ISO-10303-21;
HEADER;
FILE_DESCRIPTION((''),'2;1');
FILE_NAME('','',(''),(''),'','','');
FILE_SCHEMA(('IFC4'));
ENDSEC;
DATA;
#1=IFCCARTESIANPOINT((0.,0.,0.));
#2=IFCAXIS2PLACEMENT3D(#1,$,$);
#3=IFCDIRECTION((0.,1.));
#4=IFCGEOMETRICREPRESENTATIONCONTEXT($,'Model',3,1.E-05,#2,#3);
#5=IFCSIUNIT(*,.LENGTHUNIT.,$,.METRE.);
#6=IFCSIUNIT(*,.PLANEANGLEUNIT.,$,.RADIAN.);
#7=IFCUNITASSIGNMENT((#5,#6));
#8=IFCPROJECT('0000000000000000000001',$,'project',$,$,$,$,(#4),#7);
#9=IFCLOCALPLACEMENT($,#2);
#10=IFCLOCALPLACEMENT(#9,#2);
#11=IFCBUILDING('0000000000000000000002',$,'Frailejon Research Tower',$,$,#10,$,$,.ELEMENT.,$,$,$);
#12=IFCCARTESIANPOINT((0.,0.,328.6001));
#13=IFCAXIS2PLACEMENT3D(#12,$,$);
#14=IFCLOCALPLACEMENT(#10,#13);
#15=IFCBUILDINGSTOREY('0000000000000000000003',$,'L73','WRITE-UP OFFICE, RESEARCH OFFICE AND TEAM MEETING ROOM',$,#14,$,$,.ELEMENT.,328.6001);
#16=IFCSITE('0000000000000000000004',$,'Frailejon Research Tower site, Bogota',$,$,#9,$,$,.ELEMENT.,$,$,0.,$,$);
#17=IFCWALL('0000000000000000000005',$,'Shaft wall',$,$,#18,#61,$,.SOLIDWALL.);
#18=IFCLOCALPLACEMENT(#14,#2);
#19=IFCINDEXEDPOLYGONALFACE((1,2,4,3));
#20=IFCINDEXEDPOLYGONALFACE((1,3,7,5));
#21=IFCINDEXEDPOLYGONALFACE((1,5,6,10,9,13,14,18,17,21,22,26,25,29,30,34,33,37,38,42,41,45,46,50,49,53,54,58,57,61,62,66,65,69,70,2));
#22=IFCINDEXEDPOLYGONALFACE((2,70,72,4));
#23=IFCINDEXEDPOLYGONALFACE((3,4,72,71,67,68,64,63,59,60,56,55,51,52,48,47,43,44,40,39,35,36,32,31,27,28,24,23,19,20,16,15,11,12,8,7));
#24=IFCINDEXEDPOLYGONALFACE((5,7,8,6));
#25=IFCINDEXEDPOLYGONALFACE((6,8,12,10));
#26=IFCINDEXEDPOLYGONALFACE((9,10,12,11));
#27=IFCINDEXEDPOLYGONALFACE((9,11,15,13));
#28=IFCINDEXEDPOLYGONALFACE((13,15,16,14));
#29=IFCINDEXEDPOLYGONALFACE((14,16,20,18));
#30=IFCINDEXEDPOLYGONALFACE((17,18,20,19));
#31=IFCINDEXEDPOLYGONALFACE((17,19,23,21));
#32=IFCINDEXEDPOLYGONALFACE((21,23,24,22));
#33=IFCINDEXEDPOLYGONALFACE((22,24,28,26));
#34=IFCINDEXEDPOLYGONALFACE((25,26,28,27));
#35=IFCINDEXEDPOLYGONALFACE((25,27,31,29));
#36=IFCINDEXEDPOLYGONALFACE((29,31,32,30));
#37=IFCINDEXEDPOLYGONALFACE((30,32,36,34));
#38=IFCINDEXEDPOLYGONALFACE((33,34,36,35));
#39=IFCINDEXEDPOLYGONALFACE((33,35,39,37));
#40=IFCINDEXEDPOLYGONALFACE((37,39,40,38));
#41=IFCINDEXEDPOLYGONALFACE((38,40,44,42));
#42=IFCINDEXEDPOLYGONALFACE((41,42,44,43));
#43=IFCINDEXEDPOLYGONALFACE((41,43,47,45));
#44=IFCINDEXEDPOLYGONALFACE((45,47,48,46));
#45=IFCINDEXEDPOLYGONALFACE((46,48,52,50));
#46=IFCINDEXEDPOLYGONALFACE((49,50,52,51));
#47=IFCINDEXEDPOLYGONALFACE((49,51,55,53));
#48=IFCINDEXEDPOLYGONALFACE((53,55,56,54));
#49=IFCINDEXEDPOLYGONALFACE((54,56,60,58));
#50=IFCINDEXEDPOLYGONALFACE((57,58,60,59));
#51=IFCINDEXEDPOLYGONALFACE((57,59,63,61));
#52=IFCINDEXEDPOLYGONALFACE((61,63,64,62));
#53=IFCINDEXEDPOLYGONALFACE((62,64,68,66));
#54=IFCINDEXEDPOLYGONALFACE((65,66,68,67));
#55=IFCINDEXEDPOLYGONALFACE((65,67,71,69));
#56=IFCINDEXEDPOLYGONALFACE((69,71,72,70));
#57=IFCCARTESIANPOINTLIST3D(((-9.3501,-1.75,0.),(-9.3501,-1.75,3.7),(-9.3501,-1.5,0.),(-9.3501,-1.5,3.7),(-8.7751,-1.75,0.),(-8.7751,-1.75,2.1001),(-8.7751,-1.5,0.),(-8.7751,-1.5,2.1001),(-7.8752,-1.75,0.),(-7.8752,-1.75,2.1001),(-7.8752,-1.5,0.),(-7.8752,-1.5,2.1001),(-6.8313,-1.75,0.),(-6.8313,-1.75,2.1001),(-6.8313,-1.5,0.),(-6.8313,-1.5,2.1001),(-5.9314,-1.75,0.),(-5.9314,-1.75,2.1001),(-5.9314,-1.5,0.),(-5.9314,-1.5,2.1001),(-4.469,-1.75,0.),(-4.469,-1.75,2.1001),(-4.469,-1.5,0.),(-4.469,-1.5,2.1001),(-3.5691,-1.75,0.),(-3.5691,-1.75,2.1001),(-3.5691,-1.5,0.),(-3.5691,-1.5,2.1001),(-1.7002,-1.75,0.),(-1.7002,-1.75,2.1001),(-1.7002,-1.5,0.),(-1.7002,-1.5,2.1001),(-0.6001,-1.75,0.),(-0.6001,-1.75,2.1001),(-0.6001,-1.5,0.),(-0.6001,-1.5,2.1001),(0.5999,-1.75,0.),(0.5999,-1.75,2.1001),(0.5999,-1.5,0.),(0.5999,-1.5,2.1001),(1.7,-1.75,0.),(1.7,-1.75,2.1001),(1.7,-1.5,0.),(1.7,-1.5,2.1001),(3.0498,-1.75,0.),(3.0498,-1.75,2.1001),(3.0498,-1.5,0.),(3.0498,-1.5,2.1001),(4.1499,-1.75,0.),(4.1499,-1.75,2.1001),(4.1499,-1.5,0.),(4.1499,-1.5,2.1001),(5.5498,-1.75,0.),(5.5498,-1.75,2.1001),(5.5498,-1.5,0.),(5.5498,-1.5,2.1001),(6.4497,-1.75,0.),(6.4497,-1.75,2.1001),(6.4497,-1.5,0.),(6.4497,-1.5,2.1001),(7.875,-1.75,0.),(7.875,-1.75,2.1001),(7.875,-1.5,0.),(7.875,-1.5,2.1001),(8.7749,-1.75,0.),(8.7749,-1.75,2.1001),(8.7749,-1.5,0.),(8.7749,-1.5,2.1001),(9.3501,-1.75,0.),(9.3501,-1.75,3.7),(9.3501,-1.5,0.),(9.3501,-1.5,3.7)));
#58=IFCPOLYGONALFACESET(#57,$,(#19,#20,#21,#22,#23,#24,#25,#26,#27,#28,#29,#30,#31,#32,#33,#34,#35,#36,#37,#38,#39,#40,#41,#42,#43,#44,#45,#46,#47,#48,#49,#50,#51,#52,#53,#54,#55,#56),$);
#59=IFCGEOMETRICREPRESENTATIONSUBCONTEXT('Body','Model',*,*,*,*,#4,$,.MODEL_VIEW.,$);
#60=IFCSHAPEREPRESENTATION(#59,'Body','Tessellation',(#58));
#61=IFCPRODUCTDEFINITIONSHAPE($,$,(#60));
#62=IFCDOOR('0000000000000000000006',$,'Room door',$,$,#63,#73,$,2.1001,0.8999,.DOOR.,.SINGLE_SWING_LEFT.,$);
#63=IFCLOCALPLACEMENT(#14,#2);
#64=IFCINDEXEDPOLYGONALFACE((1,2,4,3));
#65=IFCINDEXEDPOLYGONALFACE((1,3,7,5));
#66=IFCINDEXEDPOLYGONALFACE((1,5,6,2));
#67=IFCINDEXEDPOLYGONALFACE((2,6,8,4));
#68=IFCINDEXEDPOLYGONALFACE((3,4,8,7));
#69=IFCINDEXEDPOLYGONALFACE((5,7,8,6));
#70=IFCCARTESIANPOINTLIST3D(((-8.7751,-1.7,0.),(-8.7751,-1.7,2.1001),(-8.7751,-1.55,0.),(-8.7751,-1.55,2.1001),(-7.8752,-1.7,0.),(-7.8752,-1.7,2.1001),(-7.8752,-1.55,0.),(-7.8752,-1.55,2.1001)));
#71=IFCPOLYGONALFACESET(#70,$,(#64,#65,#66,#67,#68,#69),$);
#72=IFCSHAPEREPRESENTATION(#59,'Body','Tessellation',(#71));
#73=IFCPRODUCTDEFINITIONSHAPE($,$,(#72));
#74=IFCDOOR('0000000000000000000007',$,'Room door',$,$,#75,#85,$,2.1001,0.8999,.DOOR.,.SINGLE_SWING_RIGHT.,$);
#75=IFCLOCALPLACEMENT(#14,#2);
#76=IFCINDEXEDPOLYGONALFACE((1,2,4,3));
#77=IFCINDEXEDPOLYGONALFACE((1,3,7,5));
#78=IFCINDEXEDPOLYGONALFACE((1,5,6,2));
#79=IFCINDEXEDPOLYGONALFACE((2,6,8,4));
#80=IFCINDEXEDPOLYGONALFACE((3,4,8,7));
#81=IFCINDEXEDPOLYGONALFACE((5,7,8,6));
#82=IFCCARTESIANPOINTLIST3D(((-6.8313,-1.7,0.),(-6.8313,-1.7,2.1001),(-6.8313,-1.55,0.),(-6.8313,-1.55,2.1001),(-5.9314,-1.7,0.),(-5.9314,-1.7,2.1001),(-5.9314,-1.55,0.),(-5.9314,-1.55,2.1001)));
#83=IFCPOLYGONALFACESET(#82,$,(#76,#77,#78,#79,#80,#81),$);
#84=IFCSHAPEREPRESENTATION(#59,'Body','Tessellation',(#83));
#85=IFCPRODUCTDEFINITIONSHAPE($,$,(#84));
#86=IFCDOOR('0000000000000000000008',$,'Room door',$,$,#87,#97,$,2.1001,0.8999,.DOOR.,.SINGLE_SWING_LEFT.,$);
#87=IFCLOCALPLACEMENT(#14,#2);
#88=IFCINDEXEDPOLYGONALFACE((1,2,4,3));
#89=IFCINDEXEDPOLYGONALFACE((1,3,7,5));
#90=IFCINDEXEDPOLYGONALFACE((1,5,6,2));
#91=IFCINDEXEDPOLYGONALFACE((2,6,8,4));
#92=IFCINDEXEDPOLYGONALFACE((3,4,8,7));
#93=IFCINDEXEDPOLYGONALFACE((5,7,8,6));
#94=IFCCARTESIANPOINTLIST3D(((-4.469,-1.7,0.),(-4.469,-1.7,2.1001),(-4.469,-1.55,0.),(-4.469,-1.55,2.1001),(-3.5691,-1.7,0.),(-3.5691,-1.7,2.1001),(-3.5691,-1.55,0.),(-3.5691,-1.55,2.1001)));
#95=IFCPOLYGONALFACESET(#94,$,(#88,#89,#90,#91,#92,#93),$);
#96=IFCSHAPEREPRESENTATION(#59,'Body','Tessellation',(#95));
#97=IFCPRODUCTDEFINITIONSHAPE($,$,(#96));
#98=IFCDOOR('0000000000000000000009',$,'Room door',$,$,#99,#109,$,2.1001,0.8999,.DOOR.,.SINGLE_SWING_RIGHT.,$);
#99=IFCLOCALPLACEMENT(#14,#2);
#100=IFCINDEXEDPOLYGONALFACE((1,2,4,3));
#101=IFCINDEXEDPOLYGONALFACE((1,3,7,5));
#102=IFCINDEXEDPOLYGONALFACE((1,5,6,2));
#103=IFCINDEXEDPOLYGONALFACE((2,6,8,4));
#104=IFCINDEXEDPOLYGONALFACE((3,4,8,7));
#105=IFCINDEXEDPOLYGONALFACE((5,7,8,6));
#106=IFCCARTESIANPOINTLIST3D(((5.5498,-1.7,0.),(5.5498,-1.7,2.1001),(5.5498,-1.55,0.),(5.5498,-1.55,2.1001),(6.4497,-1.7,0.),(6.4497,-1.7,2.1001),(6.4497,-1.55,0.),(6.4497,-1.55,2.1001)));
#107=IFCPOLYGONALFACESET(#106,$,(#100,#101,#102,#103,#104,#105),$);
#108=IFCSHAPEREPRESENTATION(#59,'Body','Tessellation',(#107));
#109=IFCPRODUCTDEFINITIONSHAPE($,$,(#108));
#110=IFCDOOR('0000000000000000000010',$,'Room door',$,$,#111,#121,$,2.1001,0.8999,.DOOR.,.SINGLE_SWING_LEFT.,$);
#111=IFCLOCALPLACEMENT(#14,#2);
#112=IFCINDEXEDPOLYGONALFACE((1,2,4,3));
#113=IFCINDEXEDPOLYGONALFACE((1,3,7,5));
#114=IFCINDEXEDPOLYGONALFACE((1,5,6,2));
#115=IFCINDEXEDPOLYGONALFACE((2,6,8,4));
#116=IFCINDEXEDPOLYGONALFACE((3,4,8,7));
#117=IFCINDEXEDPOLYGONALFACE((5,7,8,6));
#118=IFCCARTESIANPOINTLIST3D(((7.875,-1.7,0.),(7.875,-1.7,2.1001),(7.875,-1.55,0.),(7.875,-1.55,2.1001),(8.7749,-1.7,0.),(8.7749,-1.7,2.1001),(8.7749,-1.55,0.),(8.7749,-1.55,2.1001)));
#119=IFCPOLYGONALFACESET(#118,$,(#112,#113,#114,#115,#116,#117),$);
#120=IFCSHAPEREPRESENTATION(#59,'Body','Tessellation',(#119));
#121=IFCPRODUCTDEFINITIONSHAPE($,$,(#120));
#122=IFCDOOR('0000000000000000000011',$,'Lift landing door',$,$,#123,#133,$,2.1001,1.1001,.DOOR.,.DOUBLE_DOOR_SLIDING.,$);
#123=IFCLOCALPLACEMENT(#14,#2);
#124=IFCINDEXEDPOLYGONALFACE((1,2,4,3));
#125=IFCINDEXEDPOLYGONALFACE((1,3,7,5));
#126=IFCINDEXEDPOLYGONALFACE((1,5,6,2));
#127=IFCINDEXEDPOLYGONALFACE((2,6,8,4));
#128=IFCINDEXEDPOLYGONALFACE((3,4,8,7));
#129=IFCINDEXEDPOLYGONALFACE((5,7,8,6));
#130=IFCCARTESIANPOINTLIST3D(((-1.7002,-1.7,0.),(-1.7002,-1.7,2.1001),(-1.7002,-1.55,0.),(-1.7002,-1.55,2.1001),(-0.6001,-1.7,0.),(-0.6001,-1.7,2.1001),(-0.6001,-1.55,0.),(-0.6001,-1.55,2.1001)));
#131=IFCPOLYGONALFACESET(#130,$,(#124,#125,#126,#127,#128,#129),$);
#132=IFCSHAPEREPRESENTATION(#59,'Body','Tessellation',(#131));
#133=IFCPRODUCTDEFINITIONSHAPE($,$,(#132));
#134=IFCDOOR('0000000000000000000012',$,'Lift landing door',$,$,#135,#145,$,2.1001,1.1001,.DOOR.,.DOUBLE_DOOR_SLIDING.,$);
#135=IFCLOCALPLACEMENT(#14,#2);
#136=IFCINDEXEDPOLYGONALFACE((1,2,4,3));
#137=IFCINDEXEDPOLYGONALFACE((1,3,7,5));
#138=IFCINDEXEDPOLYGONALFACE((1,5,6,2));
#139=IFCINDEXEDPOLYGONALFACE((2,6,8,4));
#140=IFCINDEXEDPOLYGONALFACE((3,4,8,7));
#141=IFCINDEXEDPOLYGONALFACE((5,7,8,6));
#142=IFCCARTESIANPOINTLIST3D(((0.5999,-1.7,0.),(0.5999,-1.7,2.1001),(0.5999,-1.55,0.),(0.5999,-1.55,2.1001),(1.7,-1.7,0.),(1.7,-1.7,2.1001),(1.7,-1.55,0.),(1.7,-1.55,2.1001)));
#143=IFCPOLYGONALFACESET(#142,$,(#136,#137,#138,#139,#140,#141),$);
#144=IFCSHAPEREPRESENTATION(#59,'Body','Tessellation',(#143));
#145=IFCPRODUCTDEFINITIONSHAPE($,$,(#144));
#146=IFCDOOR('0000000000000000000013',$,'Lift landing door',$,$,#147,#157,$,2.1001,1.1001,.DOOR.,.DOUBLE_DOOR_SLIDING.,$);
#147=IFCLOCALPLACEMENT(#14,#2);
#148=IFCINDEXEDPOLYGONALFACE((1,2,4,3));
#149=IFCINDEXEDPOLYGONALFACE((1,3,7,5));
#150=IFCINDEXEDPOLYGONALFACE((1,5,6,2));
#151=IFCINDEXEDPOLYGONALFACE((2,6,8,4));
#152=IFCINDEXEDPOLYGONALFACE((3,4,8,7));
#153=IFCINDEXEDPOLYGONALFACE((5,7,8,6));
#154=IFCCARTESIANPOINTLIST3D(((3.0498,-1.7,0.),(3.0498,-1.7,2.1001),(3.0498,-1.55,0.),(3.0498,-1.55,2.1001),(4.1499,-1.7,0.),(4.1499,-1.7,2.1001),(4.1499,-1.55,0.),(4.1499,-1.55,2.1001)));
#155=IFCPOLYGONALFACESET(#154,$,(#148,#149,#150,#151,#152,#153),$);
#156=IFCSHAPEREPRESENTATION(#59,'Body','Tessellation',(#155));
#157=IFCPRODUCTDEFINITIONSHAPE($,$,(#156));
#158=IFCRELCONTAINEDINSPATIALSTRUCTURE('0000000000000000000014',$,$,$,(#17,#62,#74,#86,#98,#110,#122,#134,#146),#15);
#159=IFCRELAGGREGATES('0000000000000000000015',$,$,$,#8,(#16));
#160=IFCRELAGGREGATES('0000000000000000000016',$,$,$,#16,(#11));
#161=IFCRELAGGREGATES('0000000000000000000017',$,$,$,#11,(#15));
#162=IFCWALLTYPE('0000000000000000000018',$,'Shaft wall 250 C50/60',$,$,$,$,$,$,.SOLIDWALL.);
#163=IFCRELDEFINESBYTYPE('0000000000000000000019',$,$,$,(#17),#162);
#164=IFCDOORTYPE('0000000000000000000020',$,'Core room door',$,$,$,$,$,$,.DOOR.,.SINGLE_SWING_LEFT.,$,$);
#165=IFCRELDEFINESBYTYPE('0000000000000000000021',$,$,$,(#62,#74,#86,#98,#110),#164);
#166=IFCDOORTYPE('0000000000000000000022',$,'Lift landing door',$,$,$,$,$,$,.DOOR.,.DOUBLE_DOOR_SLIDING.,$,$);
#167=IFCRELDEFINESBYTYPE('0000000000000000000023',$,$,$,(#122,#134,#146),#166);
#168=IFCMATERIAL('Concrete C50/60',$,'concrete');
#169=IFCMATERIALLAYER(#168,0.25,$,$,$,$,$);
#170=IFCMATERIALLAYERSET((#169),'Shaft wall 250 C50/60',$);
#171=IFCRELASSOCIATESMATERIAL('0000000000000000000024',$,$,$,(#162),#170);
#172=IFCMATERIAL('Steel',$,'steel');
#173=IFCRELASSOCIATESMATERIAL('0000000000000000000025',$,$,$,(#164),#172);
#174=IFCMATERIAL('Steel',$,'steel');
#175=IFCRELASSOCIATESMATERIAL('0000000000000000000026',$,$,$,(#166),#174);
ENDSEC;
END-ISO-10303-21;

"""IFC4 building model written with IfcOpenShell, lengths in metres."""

from ifc_helpers import new_model, si_unit, direction, frame, frame_2d, origin, place, context, subcontext, project, spatial, rectangle, extrude, material, layer, layer_set, type_object, element, fill, save


model = new_model("IFC4")

# Units and contexts
model_context = context("Model", 3, precision=1e-05, world=origin(), true_north=direction((0.0, 1.0)))
body_context = subcontext(model_context, "Body", "Model", "MODEL_VIEW")
ifc_project = project(units=[si_unit("LENGTHUNIT", "METRE"), si_unit("PLANEANGLEUNIT", "RADIAN")], contexts=[model_context])

# Site, building, storey
site_placement = place(None, origin())
site = spatial("IfcSite", under=ifc_project, at=site_placement, Name="Frailejon Research Tower site, Bogota", CompositionType="ELEMENT", RefElevation=0.0)
building_placement = place(site_placement, origin())
building = spatial("IfcBuilding", under=site, at=building_placement, Name="Frailejon Research Tower", CompositionType="ELEMENT")
storey_placement = place(building_placement, frame((0.0, 0.0, 328.6001)))
storey = spatial("IfcBuildingStorey", under=building, at=storey_placement, Name="L73", Description="WRITE-UP OFFICE, RESEARCH OFFICE AND TEAM MEETING ROOM", CompositionType="ELEMENT", Elevation=328.6001)

# Wall, openings, doors
ifc_material_1 = material(Name="Concrete C50/60", Category="concrete")
ifc_layer_1 = layer(ifc_material_1, 0.25)
ifc_layer_set_1 = layer_set([ifc_layer_1], Name="Shaft wall 250 C50/60")
wall_type_1 = type_object("IfcWallType", Name="Shaft wall 250 C50/60", PredefinedType="SOLIDWALL", material=ifc_layer_set_1)
wall_1_placement = place(storey_placement, frame((-9.3501, -1.625, 0.0), z_axis=(0.0, 0.0, 1.0), x_axis=(1.0, 0.0, 0.0)))
wall_1 = element("IfcWall", 1, at=wall_1_placement, inside=storey, type_object=wall_type_1, Name="Shaft wall", PredefinedType="SOLIDWALL", context=body_context, shape_type="SweptSolid", body=[
    extrude(rectangle(XDim=18.7002, YDim=0.25, at=frame_2d((9.3501, 0.0))), origin(), (0.0, 0.0, 1.0), 3.7),
])
opening_1_placement = place(wall_1_placement, frame((7.6499, 0.0, 0.0)))
opening_1 = element("IfcOpeningElement", 2, at=opening_1_placement, cuts=wall_1, PredefinedType="OPENING", context=body_context, shape_type="SweptSolid", body=[
    extrude(rectangle(XDim=1.1001, YDim=2.1001, at=frame_2d((0.55, 1.05))), frame((0.0, 0.135, 0.0), z_axis=(0.0, -1.0, 0.0), x_axis=(1.0, 0.0, 0.0)), (0.0, 0.0, 1.0), 0.27),
])
opening_2_placement = place(wall_1_placement, frame((9.95, 0.0, 0.0)))
opening_2 = element("IfcOpeningElement", 3, at=opening_2_placement, cuts=wall_1, PredefinedType="OPENING", context=body_context, shape_type="SweptSolid", body=[
    extrude(rectangle(XDim=1.1001, YDim=2.1001, at=frame_2d((0.55, 1.05))), frame((0.0, 0.135, 0.0), z_axis=(0.0, -1.0, 0.0), x_axis=(1.0, 0.0, 0.0)), (0.0, 0.0, 1.0), 0.27),
])
opening_3_placement = place(wall_1_placement, frame((12.3999, 0.0, 0.0)))
opening_3 = element("IfcOpeningElement", 4, at=opening_3_placement, cuts=wall_1, PredefinedType="OPENING", context=body_context, shape_type="SweptSolid", body=[
    extrude(rectangle(XDim=1.1001, YDim=2.1001, at=frame_2d((0.55, 1.05))), frame((0.0, 0.135, 0.0), z_axis=(0.0, -1.0, 0.0), x_axis=(1.0, 0.0, 0.0)), (0.0, 0.0, 1.0), 0.27),
])
opening_4_placement = place(wall_1_placement, frame((0.575, 0.0, 0.0)))
opening_4 = element("IfcOpeningElement", 5, at=opening_4_placement, cuts=wall_1, PredefinedType="OPENING", context=body_context, shape_type="SweptSolid", body=[
    extrude(rectangle(XDim=0.8999, YDim=2.1001, at=frame_2d((0.45, 1.05))), frame((0.0, 0.135, 0.0), z_axis=(0.0, -1.0, 0.0), x_axis=(1.0, 0.0, 0.0)), (0.0, 0.0, 1.0), 0.27),
])
opening_5_placement = place(wall_1_placement, frame((2.5188, 0.0, 0.0)))
opening_5 = element("IfcOpeningElement", 6, at=opening_5_placement, cuts=wall_1, PredefinedType="OPENING", context=body_context, shape_type="SweptSolid", body=[
    extrude(rectangle(XDim=0.8999, YDim=2.1001, at=frame_2d((0.45, 1.05))), frame((0.0, 0.135, 0.0), z_axis=(0.0, -1.0, 0.0), x_axis=(1.0, 0.0, 0.0)), (0.0, 0.0, 1.0), 0.27),
])
opening_6_placement = place(wall_1_placement, frame((4.8811, 0.0, 0.0)))
opening_6 = element("IfcOpeningElement", 7, at=opening_6_placement, cuts=wall_1, PredefinedType="OPENING", context=body_context, shape_type="SweptSolid", body=[
    extrude(rectangle(XDim=0.8999, YDim=2.1001, at=frame_2d((0.45, 1.05))), frame((0.0, 0.135, 0.0), z_axis=(0.0, -1.0, 0.0), x_axis=(1.0, 0.0, 0.0)), (0.0, 0.0, 1.0), 0.27),
])
opening_7_placement = place(wall_1_placement, frame((14.8999, 0.0, 0.0)))
opening_7 = element("IfcOpeningElement", 8, at=opening_7_placement, cuts=wall_1, PredefinedType="OPENING", context=body_context, shape_type="SweptSolid", body=[
    extrude(rectangle(XDim=0.8999, YDim=2.1001, at=frame_2d((0.45, 1.05))), frame((0.0, 0.135, 0.0), z_axis=(0.0, -1.0, 0.0), x_axis=(1.0, 0.0, 0.0)), (0.0, 0.0, 1.0), 0.27),
])
opening_8_placement = place(wall_1_placement, frame((17.2251, 0.0, 0.0)))
opening_8 = element("IfcOpeningElement", 9, at=opening_8_placement, cuts=wall_1, PredefinedType="OPENING", context=body_context, shape_type="SweptSolid", body=[
    extrude(rectangle(XDim=0.8999, YDim=2.1001, at=frame_2d((0.45, 1.05))), frame((0.0, 0.135, 0.0), z_axis=(0.0, -1.0, 0.0), x_axis=(1.0, 0.0, 0.0)), (0.0, 0.0, 1.0), 0.27),
])
ifc_material_2 = material(Name="Steel", Category="steel")
door_type_1 = type_object("IfcDoorType", Name="Core room door", OperationType="SINGLE_SWING_LEFT", PredefinedType="DOOR", material=ifc_material_2)
door_1_placement = place(opening_4_placement, origin())
door_1 = element("IfcDoor", 10, at=door_1_placement, inside=storey, type_object=door_type_1, Name="Room door", OperationType="SINGLE_SWING_LEFT", OverallHeight=2.1001, OverallWidth=0.8999, PredefinedType="DOOR", context=body_context, shape_type="SweptSolid", body=[
    extrude(rectangle(XDim=0.8999, YDim=2.1001, at=frame_2d((0.45, 1.05))), frame((0.0, 0.075, 0.0), z_axis=(0.0, -1.0, 0.0), x_axis=(1.0, 0.0, 0.0)), (0.0, 0.0, 1.0), 0.1499),
])
fill(opening_4, door_1)
door_2_placement = place(opening_5_placement, origin())
door_2 = element("IfcDoor", 11, at=door_2_placement, inside=storey, type_object=door_type_1, Name="Room door", OperationType="SINGLE_SWING_RIGHT", OverallHeight=2.1001, OverallWidth=0.8999, PredefinedType="DOOR", context=body_context, shape_type="SweptSolid", body=[
    extrude(rectangle(XDim=0.8999, YDim=2.1001, at=frame_2d((0.45, 1.05))), frame((0.0, 0.075, 0.0), z_axis=(0.0, -1.0, 0.0), x_axis=(1.0, 0.0, 0.0)), (0.0, 0.0, 1.0), 0.1499),
])
fill(opening_5, door_2)
door_3_placement = place(opening_6_placement, origin())
door_3 = element("IfcDoor", 12, at=door_3_placement, inside=storey, type_object=door_type_1, Name="Room door", OperationType="SINGLE_SWING_LEFT", OverallHeight=2.1001, OverallWidth=0.8999, PredefinedType="DOOR", context=body_context, shape_type="SweptSolid", body=[
    extrude(rectangle(XDim=0.8999, YDim=2.1001, at=frame_2d((0.45, 1.05))), frame((0.0, 0.075, 0.0), z_axis=(0.0, -1.0, 0.0), x_axis=(1.0, 0.0, 0.0)), (0.0, 0.0, 1.0), 0.1499),
])
fill(opening_6, door_3)
door_4_placement = place(opening_7_placement, origin())
door_4 = element("IfcDoor", 13, at=door_4_placement, inside=storey, type_object=door_type_1, Name="Room door", OperationType="SINGLE_SWING_RIGHT", OverallHeight=2.1001, OverallWidth=0.8999, PredefinedType="DOOR", context=body_context, shape_type="SweptSolid", body=[
    extrude(rectangle(XDim=0.8999, YDim=2.1001, at=frame_2d((0.45, 1.05))), frame((0.0, 0.075, 0.0), z_axis=(0.0, -1.0, 0.0), x_axis=(1.0, 0.0, 0.0)), (0.0, 0.0, 1.0), 0.1499),
])
fill(opening_7, door_4)
door_5_placement = place(opening_8_placement, origin())
door_5 = element("IfcDoor", 14, at=door_5_placement, inside=storey, type_object=door_type_1, Name="Room door", OperationType="SINGLE_SWING_LEFT", OverallHeight=2.1001, OverallWidth=0.8999, PredefinedType="DOOR", context=body_context, shape_type="SweptSolid", body=[
    extrude(rectangle(XDim=0.8999, YDim=2.1001, at=frame_2d((0.45, 1.05))), frame((0.0, 0.075, 0.0), z_axis=(0.0, -1.0, 0.0), x_axis=(1.0, 0.0, 0.0)), (0.0, 0.0, 1.0), 0.1499),
])
fill(opening_8, door_5)
ifc_material_3 = material(Name="Steel", Category="steel")
door_type_2 = type_object("IfcDoorType", Name="Lift landing door", OperationType="DOUBLE_DOOR_SLIDING", PredefinedType="DOOR", material=ifc_material_3)
door_6_placement = place(opening_1_placement, origin())
door_6 = element("IfcDoor", 15, at=door_6_placement, inside=storey, type_object=door_type_2, Name="Lift landing door", OperationType="DOUBLE_DOOR_SLIDING", OverallHeight=2.1001, OverallWidth=1.1001, PredefinedType="DOOR", context=body_context, shape_type="SweptSolid", body=[
    extrude(rectangle(XDim=1.1001, YDim=2.1001, at=frame_2d((0.55, 1.05))), frame((0.0, 0.075, 0.0), z_axis=(0.0, -1.0, 0.0), x_axis=(1.0, 0.0, 0.0)), (0.0, 0.0, 1.0), 0.1499),
])
fill(opening_1, door_6)
door_7_placement = place(opening_2_placement, origin())
door_7 = element("IfcDoor", 16, at=door_7_placement, inside=storey, type_object=door_type_2, Name="Lift landing door", OperationType="DOUBLE_DOOR_SLIDING", OverallHeight=2.1001, OverallWidth=1.1001, PredefinedType="DOOR", context=body_context, shape_type="SweptSolid", body=[
    extrude(rectangle(XDim=1.1001, YDim=2.1001, at=frame_2d((0.55, 1.05))), frame((0.0, 0.075, 0.0), z_axis=(0.0, -1.0, 0.0), x_axis=(1.0, 0.0, 0.0)), (0.0, 0.0, 1.0), 0.1499),
])
fill(opening_2, door_7)
door_8_placement = place(opening_3_placement, origin())
door_8 = element("IfcDoor", 17, at=door_8_placement, inside=storey, type_object=door_type_2, Name="Lift landing door", OperationType="DOUBLE_DOOR_SLIDING", OverallHeight=2.1001, OverallWidth=1.1001, PredefinedType="DOOR", context=body_context, shape_type="SweptSolid", body=[
    extrude(rectangle(XDim=1.1001, YDim=2.1001, at=frame_2d((0.55, 1.05))), frame((0.0, 0.075, 0.0), z_axis=(0.0, -1.0, 0.0), x_axis=(1.0, 0.0, 0.0)), (0.0, 0.0, 1.0), 0.1499),
])
fill(opening_3, door_8)

save(model, "model.ifc")
